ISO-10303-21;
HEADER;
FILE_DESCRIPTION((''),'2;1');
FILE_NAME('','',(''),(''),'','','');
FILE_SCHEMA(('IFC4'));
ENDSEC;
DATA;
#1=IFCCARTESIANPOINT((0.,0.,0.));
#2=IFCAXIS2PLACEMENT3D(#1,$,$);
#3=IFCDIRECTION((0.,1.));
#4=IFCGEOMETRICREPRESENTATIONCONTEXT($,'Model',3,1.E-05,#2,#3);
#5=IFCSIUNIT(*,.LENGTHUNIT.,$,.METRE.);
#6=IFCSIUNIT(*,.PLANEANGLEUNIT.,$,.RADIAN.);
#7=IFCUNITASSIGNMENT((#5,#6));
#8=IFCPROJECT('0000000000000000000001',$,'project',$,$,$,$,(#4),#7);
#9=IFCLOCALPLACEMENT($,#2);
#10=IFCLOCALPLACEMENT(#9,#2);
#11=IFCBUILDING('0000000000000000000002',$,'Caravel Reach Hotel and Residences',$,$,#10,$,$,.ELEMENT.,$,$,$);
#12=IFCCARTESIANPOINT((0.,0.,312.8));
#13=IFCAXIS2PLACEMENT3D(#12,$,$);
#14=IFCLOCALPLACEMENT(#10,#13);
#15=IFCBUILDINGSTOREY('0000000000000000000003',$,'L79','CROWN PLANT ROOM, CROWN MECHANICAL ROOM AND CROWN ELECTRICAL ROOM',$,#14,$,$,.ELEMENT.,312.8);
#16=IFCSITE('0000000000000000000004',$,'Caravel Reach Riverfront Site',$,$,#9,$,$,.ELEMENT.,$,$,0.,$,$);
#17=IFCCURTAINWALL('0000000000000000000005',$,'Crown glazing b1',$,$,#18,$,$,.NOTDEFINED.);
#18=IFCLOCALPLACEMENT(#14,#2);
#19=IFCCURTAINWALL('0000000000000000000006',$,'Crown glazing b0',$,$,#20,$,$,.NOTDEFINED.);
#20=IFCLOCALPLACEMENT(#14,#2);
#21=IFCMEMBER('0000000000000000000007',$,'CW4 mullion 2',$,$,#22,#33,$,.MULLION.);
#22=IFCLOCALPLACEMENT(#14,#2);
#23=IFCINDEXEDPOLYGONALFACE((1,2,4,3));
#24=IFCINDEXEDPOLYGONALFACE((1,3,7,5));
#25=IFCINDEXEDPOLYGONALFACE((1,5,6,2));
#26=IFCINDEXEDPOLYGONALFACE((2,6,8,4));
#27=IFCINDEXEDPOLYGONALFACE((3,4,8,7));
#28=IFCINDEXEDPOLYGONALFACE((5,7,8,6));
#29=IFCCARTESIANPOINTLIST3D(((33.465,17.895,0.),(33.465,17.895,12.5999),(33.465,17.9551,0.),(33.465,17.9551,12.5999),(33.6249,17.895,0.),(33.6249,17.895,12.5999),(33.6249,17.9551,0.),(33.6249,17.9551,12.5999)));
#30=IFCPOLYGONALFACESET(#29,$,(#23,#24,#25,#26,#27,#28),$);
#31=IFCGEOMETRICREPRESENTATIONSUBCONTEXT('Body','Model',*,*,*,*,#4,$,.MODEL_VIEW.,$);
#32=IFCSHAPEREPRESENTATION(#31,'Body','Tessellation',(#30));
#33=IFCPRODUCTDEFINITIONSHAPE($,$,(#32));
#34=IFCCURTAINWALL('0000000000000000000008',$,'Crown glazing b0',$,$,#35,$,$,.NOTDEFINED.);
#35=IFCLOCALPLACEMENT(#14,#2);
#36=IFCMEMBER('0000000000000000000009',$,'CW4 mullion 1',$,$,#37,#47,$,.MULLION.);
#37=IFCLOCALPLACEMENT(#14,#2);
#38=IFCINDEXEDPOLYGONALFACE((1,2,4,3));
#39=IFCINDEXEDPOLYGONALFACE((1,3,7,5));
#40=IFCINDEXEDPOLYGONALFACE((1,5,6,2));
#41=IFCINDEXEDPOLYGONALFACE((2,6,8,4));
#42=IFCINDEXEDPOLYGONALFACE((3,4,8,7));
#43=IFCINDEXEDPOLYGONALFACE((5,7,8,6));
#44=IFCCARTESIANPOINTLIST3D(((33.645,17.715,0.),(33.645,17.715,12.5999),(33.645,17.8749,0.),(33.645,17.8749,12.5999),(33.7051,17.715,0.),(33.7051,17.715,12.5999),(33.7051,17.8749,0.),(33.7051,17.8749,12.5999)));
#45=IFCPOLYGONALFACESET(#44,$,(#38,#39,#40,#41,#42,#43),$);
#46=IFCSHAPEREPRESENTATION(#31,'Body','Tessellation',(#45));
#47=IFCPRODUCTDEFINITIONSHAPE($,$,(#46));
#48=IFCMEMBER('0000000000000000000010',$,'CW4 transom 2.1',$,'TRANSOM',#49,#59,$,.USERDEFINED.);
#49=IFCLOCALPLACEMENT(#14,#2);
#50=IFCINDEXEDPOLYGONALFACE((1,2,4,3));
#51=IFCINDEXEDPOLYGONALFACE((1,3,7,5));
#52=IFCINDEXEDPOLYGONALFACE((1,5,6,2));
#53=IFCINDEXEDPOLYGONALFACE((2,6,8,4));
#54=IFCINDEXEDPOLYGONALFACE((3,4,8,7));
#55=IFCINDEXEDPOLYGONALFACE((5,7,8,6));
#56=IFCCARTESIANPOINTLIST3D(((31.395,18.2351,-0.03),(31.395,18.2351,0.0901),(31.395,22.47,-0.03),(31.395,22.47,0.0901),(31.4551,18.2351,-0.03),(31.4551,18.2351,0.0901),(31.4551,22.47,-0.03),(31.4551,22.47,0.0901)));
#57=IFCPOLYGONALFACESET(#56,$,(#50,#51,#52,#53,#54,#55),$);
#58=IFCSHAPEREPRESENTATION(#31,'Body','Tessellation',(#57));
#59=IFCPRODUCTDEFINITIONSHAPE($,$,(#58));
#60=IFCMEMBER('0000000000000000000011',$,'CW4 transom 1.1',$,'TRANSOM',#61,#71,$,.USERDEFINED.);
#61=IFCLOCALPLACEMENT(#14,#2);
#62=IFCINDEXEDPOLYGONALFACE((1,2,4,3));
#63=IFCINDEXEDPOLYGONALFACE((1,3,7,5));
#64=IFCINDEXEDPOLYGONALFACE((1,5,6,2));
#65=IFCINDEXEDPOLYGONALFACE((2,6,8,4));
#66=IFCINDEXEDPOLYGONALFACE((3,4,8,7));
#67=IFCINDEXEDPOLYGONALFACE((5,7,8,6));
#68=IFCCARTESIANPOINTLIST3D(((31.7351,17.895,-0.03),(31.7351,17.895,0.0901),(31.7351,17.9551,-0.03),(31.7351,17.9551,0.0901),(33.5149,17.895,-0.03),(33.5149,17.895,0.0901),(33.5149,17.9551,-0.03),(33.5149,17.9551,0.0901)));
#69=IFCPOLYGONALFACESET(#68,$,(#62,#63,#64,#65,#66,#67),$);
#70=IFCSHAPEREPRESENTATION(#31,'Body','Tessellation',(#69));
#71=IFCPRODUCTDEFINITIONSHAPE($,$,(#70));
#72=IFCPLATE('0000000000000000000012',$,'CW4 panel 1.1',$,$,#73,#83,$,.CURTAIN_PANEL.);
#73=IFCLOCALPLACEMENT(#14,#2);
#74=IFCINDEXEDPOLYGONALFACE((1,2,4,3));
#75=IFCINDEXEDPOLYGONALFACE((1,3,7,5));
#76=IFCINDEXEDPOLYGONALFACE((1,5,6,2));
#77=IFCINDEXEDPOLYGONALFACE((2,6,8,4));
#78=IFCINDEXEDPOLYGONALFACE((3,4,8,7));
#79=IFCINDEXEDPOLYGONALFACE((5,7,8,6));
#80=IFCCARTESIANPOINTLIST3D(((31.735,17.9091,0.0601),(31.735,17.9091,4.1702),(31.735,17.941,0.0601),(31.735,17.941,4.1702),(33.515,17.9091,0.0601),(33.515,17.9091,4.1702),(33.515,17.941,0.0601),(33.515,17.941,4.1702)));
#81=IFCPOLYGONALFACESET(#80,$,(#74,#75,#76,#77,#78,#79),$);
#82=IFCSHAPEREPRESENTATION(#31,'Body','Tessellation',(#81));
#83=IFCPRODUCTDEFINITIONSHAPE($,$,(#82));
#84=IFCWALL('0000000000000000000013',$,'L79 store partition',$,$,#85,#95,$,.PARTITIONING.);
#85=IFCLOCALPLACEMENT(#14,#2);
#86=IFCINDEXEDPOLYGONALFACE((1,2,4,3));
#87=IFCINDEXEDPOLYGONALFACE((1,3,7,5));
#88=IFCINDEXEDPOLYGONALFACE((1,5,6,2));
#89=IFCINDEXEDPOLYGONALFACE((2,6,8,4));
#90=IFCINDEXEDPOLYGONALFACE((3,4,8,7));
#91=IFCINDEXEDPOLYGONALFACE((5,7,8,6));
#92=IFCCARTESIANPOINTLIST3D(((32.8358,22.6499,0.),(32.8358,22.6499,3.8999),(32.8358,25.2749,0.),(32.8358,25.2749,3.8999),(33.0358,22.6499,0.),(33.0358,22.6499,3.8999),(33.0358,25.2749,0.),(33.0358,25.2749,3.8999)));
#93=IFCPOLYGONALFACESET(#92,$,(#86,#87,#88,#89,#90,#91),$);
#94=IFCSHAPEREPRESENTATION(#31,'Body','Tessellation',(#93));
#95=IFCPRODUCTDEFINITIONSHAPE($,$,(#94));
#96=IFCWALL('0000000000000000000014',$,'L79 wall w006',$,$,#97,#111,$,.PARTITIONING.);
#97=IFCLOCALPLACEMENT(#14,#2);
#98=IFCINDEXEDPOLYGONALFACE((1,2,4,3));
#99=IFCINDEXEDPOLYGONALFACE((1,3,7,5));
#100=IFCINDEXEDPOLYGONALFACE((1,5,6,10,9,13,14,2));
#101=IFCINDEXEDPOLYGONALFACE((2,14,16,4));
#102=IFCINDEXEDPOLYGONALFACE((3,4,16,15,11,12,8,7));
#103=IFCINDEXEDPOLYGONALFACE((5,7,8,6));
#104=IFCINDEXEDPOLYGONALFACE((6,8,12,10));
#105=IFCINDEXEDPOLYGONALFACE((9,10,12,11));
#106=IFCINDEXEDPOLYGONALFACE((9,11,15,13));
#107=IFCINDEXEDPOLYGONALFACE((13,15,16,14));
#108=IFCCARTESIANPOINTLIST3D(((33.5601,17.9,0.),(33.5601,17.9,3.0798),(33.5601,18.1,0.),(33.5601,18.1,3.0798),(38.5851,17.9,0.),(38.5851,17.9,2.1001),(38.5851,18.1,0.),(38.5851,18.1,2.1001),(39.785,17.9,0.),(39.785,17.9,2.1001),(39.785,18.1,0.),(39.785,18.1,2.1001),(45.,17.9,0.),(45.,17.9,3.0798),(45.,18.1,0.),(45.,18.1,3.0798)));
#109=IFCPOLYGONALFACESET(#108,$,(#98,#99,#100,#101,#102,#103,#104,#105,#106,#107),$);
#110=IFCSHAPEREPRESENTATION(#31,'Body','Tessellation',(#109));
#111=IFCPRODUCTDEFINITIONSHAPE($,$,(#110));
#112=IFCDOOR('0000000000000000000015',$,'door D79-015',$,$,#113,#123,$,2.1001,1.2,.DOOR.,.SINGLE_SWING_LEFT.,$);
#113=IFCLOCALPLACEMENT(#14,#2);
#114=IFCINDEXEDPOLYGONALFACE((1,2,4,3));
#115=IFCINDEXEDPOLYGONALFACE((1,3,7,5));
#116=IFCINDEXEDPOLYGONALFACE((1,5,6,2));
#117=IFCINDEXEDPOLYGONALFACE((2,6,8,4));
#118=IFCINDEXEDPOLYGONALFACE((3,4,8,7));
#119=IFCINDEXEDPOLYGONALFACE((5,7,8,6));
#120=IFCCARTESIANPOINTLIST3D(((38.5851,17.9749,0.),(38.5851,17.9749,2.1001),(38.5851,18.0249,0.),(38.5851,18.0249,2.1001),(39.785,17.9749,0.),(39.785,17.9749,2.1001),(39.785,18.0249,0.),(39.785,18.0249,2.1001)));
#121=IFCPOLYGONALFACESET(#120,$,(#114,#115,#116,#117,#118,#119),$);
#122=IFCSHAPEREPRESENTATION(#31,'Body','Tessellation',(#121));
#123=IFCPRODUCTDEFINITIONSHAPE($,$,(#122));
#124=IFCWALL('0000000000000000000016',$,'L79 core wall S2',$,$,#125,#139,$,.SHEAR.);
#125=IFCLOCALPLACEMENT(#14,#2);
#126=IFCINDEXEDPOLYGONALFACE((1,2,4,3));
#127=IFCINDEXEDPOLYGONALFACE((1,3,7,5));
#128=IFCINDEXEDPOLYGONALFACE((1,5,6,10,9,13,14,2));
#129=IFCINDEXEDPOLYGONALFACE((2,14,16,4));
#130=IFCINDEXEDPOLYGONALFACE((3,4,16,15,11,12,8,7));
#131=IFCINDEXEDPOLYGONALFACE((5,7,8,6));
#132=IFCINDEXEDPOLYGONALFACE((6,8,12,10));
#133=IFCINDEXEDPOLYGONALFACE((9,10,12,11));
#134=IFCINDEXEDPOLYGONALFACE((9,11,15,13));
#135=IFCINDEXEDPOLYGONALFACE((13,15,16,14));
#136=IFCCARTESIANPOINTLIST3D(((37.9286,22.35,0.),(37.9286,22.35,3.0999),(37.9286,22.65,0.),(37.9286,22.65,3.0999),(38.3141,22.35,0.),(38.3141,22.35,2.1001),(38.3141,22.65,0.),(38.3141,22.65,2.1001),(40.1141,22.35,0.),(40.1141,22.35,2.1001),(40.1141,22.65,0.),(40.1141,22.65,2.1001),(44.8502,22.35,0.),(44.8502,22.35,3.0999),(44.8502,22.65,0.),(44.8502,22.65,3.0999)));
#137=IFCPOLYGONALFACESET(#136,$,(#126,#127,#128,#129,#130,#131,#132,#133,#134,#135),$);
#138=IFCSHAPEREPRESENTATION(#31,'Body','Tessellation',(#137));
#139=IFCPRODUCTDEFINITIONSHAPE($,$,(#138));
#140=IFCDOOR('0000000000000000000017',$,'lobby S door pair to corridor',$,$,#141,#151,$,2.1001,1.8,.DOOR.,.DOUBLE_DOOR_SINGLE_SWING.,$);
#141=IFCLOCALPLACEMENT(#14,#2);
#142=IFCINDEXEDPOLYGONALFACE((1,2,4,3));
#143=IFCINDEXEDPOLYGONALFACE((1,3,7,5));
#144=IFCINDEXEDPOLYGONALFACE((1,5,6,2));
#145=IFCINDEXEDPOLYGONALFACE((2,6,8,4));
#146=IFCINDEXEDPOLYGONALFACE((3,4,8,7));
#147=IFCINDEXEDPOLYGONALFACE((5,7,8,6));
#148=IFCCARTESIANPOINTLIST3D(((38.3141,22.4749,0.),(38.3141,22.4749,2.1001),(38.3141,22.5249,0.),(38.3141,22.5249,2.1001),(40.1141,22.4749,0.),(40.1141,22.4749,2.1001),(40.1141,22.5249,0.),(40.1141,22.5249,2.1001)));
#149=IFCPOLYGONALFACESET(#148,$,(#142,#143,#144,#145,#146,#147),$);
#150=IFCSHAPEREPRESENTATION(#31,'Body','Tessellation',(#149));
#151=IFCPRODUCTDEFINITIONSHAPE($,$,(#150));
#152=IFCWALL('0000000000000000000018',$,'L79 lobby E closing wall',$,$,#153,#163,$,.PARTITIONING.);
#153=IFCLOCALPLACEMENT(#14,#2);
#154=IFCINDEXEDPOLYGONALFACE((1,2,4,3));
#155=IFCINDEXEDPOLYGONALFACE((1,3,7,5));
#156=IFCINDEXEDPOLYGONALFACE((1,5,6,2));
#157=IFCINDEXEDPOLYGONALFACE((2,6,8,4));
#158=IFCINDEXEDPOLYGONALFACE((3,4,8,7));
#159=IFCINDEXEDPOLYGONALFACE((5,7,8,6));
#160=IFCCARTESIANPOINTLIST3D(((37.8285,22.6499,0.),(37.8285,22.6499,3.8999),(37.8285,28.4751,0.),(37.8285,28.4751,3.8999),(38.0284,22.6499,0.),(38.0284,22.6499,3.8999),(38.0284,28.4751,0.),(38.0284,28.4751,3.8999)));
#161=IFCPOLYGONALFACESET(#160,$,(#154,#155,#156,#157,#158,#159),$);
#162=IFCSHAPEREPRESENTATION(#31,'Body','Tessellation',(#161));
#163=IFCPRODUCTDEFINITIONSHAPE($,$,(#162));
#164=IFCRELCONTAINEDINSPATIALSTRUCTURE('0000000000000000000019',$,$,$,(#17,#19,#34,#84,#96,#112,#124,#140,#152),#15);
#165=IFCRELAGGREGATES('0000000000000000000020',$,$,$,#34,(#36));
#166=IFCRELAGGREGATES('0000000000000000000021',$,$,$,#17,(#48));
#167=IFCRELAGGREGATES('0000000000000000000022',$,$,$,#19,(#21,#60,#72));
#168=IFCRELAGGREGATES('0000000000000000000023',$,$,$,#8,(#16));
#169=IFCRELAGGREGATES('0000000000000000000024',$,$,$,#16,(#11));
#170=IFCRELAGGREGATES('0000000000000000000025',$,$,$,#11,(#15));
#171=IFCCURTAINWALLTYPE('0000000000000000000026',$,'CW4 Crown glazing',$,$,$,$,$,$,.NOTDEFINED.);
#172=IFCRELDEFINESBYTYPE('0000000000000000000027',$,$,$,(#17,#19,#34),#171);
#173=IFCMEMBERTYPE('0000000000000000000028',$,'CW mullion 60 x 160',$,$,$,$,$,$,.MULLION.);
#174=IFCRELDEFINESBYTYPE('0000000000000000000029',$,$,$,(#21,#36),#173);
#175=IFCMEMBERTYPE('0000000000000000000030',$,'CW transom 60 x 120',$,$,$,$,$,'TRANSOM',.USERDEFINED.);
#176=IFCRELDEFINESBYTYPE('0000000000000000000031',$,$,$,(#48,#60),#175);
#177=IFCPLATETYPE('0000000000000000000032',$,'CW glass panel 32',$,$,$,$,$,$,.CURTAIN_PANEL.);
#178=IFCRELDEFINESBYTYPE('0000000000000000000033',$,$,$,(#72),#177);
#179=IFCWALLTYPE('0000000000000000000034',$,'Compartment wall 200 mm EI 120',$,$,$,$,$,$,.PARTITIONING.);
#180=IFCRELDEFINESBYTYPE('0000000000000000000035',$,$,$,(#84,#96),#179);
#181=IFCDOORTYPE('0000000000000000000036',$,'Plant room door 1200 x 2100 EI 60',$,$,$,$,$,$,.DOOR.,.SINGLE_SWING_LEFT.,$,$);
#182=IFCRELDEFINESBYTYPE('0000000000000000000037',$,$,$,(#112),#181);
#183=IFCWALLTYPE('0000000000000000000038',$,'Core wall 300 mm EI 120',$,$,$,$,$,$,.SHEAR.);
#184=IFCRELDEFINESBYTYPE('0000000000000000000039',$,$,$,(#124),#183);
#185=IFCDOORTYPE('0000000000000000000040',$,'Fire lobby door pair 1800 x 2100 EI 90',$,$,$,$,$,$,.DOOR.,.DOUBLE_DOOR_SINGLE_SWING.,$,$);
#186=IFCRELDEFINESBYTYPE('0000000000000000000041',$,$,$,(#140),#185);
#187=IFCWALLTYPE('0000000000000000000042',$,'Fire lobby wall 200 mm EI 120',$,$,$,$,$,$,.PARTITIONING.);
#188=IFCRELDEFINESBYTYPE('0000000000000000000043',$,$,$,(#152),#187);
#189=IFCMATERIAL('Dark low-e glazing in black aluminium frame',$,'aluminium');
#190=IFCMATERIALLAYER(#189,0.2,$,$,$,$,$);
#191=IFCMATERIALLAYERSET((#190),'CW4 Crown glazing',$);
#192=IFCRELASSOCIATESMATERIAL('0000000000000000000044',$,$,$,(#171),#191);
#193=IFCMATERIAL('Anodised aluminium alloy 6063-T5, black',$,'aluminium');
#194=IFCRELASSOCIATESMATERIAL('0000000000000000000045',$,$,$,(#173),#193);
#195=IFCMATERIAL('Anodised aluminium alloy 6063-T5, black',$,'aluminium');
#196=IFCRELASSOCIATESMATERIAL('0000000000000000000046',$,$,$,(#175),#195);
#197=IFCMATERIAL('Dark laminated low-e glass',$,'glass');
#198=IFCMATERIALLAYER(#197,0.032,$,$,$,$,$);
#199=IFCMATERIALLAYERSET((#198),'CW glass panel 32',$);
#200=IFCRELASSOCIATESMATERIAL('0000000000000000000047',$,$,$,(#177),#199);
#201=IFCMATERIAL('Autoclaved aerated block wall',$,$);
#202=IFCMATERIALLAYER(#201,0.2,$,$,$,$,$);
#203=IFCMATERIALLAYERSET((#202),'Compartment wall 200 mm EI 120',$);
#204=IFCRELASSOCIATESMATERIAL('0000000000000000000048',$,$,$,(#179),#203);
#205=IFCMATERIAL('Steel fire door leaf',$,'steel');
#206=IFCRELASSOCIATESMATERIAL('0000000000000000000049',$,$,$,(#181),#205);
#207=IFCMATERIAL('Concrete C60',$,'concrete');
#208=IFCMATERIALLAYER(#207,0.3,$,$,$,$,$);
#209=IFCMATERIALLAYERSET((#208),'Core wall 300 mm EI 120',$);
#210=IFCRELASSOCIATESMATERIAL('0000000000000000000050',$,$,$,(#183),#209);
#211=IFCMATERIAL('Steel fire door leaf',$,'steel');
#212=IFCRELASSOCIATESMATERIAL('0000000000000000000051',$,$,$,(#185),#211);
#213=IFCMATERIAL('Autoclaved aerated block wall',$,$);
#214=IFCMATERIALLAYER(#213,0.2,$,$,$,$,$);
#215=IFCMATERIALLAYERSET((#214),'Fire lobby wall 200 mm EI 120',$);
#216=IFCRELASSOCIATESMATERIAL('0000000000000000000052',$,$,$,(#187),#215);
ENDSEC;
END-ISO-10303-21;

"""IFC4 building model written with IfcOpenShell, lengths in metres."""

from ifc_helpers import new_model, si_unit, direction, frame, frame_2d, origin, origin_2d, place, context, subcontext, project, spatial, rectangle, extrude, material, layer, layer_set, material_profile, profile_set, type_object, element, fill, aggregate, save


model = new_model("IFC4")

# Units and contexts
model_context = context("Model", 3, precision=1e-05, world=origin(), true_north=direction((0.0, 1.0)))
body_context = subcontext(model_context, "Body", "Model", "MODEL_VIEW")
ifc_project = project(units=[si_unit("LENGTHUNIT", "METRE"), si_unit("PLANEANGLEUNIT", "RADIAN")], contexts=[model_context])

# Site, building, storey
site_placement = place(None, origin())
site = spatial("IfcSite", under=ifc_project, at=site_placement, Name="Caravel Reach Riverfront Site", CompositionType="ELEMENT", RefElevation=0.0)
building_placement = place(site_placement, origin())
building = spatial("IfcBuilding", under=site, at=building_placement, Name="Caravel Reach Hotel and Residences", CompositionType="ELEMENT")
storey_placement = place(building_placement, frame((0.0, 0.0, 312.8)))
storey = spatial("IfcBuildingStorey", under=building, at=storey_placement, Name="L79", Description="CROWN PLANT ROOM, CROWN MECHANICAL ROOM AND CROWN ELECTRICAL ROOM", CompositionType="ELEMENT", Elevation=312.8)

# Curtain walls, member
ifc_material_1 = material(Name="Dark low-e glazing in black aluminium frame", Category="aluminium")
ifc_layer_1 = layer(ifc_material_1, 0.2)
ifc_layer_set_1 = layer_set([ifc_layer_1], Name="CW4 Crown glazing")
curtain_wall_type = type_object("IfcCurtainWallType", Name="CW4 Crown glazing", PredefinedType="NOTDEFINED", material=ifc_layer_set_1)
curtain_wall_1_placement = place(storey_placement, origin())
curtain_wall_1 = element("IfcCurtainWall", 1, at=curtain_wall_1_placement, inside=storey, type_object=curtain_wall_type, Name="Crown glazing b1", PredefinedType="NOTDEFINED")
ifc_material_2 = material(Name="Anodised aluminium alloy 6063-T5, black", Category="aluminium")
ifc_material_profile_1 = material_profile(ifc_material_2, rectangle(XDim=0.0601, YDim=0.1599, at=origin_2d()), Name="CW mullion 60 x 160")
ifc_profile_set_1 = profile_set([ifc_material_profile_1], Name="Anodised aluminium alloy 6063-T5, black")
member_type_1 = type_object("IfcMemberType", Name="CW mullion 60 x 160", PredefinedType="MULLION", material=ifc_profile_set_1)
curtain_wall_2_placement = place(storey_placement, origin())
curtain_wall_2 = element("IfcCurtainWall", 2, at=curtain_wall_2_placement, inside=storey, type_object=curtain_wall_type, Name="Crown glazing b0", PredefinedType="NOTDEFINED")
member_1_placement = place(storey_placement, frame((33.5449, 17.925, 0.0), z_axis=(0.0, 0.0, 1.0), x_axis=(0.0, 1.0, 0.0)))
member_1 = element("IfcMember", 3, at=member_1_placement, type_object=member_type_1, Name="CW4 mullion 2", PredefinedType="MULLION", context=body_context, shape_type="SweptSolid", body=[
    extrude(rectangle(XDim=0.0601, YDim=0.1599, at=origin_2d()), origin(), (0.0, 0.0, 1.0), 12.5999),
])

# Curtain wall, member
curtain_wall_3_placement = place(storey_placement, origin())
curtain_wall_3 = element("IfcCurtainWall", 4, at=curtain_wall_3_placement, inside=storey, type_object=curtain_wall_type, Name="Crown glazing b0", PredefinedType="NOTDEFINED")
member_2_placement = place(storey_placement, frame((33.675, 17.7949, 0.0), z_axis=(0.0, 0.0, 1.0), x_axis=(1.0, 0.0, 0.0)))
member_2 = element("IfcMember", 5, at=member_2_placement, type_object=member_type_1, Name="CW4 mullion 1", PredefinedType="MULLION", context=body_context, shape_type="SweptSolid", body=[
    extrude(rectangle(XDim=0.0601, YDim=0.1599, at=origin_2d()), origin(), (0.0, 0.0, 1.0), 12.5999),
])
aggregate(curtain_wall_3, [member_2])

# Members
ifc_material_3 = material(Name="Anodised aluminium alloy 6063-T5, black", Category="aluminium")
ifc_material_profile_2 = material_profile(ifc_material_3, rectangle(XDim=0.0601, YDim=0.1201, at=origin_2d()), Name="CW transom 60 x 120")
ifc_profile_set_2 = profile_set([ifc_material_profile_2], Name="Anodised aluminium alloy 6063-T5, black")
member_type_2 = type_object("IfcMemberType", Name="CW transom 60 x 120", ElementType="TRANSOM", PredefinedType="USERDEFINED", material=ifc_profile_set_2)
member_3_placement = place(storey_placement, frame((31.425, 22.47, 0.03), z_axis=(0.0, -1.0, 0.0), x_axis=(1.0, 0.0, 0.0)))
member_3 = element("IfcMember", 6, at=member_3_placement, type_object=member_type_2, Name="CW4 transom 2.1", ObjectType="TRANSOM", PredefinedType="USERDEFINED", context=body_context, shape_type="SweptSolid", body=[
    extrude(rectangle(XDim=0.0601, YDim=0.1201, at=origin_2d()), origin(), (0.0, 0.0, 1.0), 4.2349),
])
aggregate(curtain_wall_1, [member_3])
member_4_placement = place(storey_placement, frame((31.7351, 17.925, 0.03), z_axis=(1.0, 0.0, 0.0), x_axis=(0.0, 1.0, 0.0)))
member_4 = element("IfcMember", 7, at=member_4_placement, type_object=member_type_2, Name="CW4 transom 1.1", ObjectType="TRANSOM", PredefinedType="USERDEFINED", context=body_context, shape_type="SweptSolid", body=[
    extrude(rectangle(XDim=0.0601, YDim=0.1201, at=origin_2d()), origin(), (0.0, 0.0, 1.0), 1.7798),
])

# Plate
ifc_material_4 = material(Name="Dark laminated low-e glass", Category="glass")
ifc_layer_2 = layer(ifc_material_4, 0.032)
ifc_layer_set_2 = layer_set([ifc_layer_2], Name="CW glass panel 32")
plate_type = type_object("IfcPlateType", Name="CW glass panel 32", PredefinedType="CURTAIN_PANEL", material=ifc_layer_set_2)
plate_placement = place(storey_placement, frame((32.625, 17.925, 0.0601), z_axis=(0.0, 0.0, 1.0), x_axis=(1.0, 0.0, 0.0)))
plate = element("IfcPlate", 8, at=plate_placement, type_object=plate_type, Name="CW4 panel 1.1", PredefinedType="CURTAIN_PANEL", context=body_context, shape_type="SweptSolid", body=[
    extrude(rectangle(XDim=1.78, YDim=0.032, at=origin_2d()), origin(), (0.0, 0.0, 1.0), 4.1101),
])
aggregate(curtain_wall_2, [member_1, member_4, plate])

# Wall
ifc_material_5 = material(Name="Autoclaved aerated block wall")
ifc_layer_3 = layer(ifc_material_5, 0.2)
ifc_layer_set_3 = layer_set([ifc_layer_3], Name="Compartment wall 200 mm EI 120")
wall_type_1 = type_object("IfcWallType", Name="Compartment wall 200 mm EI 120", PredefinedType="PARTITIONING", material=ifc_layer_set_3)
wall_1_placement = place(storey_placement, frame((32.9358, 22.6499, 0.0), z_axis=(0.0, 0.0, 1.0), x_axis=(0.0, 1.0, 0.0)))
element("IfcWall", 9, at=wall_1_placement, inside=storey, type_object=wall_type_1, Name="L79 store partition", PredefinedType="PARTITIONING", context=body_context, shape_type="SweptSolid", body=[
    extrude(rectangle(XDim=2.625, YDim=0.2, at=frame_2d((1.3125, 0.0))), origin(), (0.0, 0.0, 1.0), 3.8999),
])

# Walls, openings, doors
wall_2_placement = place(storey_placement, frame((33.5601, 18.0, 0.0), z_axis=(0.0, 0.0, 1.0), x_axis=(1.0, 0.0, 0.0)))
wall_2 = element("IfcWall", 10, at=wall_2_placement, inside=storey, type_object=wall_type_1, Name="L79 wall w006", PredefinedType="PARTITIONING", context=body_context, shape_type="SweptSolid", body=[
    extrude(rectangle(XDim=11.4399, YDim=0.2, at=frame_2d((5.72, 0.0))), origin(), (0.0, 0.0, 1.0), 3.0798),
])
opening_1_placement = place(wall_2_placement, frame((5.0249, 0.0, 0.0)))
opening_1 = element("IfcOpeningElement", 11, at=opening_1_placement, cuts=wall_2, PredefinedType="OPENING", context=body_context, shape_type="SweptSolid", body=[
    extrude(rectangle(XDim=1.2, YDim=2.1001, at=frame_2d((0.6001, 1.05))), frame((0.0, 0.1099, 0.0), z_axis=(0.0, -1.0, 0.0), x_axis=(1.0, 0.0, 0.0)), (0.0, 0.0, 1.0), 0.22),
])
ifc_material_6 = material(Name="Steel fire door leaf", Category="steel")
door_type_1 = type_object("IfcDoorType", Name="Plant room door 1200 x 2100 EI 60", OperationType="SINGLE_SWING_LEFT", PredefinedType="DOOR", material=ifc_material_6)
door_1_placement = place(opening_1_placement, origin())
door_1 = element("IfcDoor", 12, at=door_1_placement, inside=storey, type_object=door_type_1, Name="door D79-015", OperationType="SINGLE_SWING_LEFT", OverallHeight=2.1001, OverallWidth=1.2, PredefinedType="DOOR", context=body_context, shape_type="SweptSolid", body=[
    extrude(rectangle(XDim=1.2, YDim=2.1001, at=frame_2d((0.6001, 1.05))), frame((0.0, 0.0249, 0.0), z_axis=(0.0, -1.0, 0.0), x_axis=(1.0, 0.0, 0.0)), (0.0, 0.0, 1.0), 0.05),
])
fill(opening_1, door_1)
ifc_material_7 = material(Name="Concrete C60", Category="concrete")
ifc_layer_4 = layer(ifc_material_7, 0.3)
ifc_layer_set_4 = layer_set([ifc_layer_4], Name="Core wall 300 mm EI 120")
wall_type_2 = type_object("IfcWallType", Name="Core wall 300 mm EI 120", PredefinedType="SHEAR", material=ifc_layer_set_4)
wall_3_placement = place(storey_placement, frame((37.9285, 22.5, 0.0), z_axis=(0.0, 0.0, 1.0), x_axis=(1.0, 0.0, 0.0)))
wall_3 = element("IfcWall", 13, at=wall_3_placement, inside=storey, type_object=wall_type_2, Name="L79 core wall S2", PredefinedType="SHEAR", context=body_context, shape_type="SweptSolid", body=[
    extrude(rectangle(XDim=6.9216, YDim=0.3, at=frame_2d((3.4609, 0.0))), origin(), (0.0, 0.0, 1.0), 3.0999),
])
opening_2_placement = place(wall_3_placement, frame((0.3857, 0.0, 0.0)))
opening_2 = element("IfcOpeningElement", 14, at=opening_2_placement, cuts=wall_3, PredefinedType="OPENING", context=body_context, shape_type="SweptSolid", body=[
    extrude(rectangle(XDim=1.8, YDim=2.1001, at=frame_2d((0.8999, 1.05))), frame((0.0, 0.1599, 0.0), z_axis=(0.0, -1.0, 0.0), x_axis=(1.0, 0.0, 0.0)), (0.0, 0.0, 1.0), 0.3201),
])
ifc_material_8 = material(Name="Steel fire door leaf", Category="steel")
door_type_2 = type_object("IfcDoorType", Name="Fire lobby door pair 1800 x 2100 EI 90", OperationType="DOUBLE_DOOR_SINGLE_SWING", PredefinedType="DOOR", material=ifc_material_8)
door_2_placement = place(opening_2_placement, origin())
door_2 = element("IfcDoor", 15, at=door_2_placement, inside=storey, type_object=door_type_2, Name="lobby S door pair to corridor", OperationType="DOUBLE_DOOR_SINGLE_SWING", OverallHeight=2.1001, OverallWidth=1.8, PredefinedType="DOOR", context=body_context, shape_type="SweptSolid", body=[
    extrude(rectangle(XDim=1.8, YDim=2.1001, at=frame_2d((0.8999, 1.05))), frame((0.0, 0.0249, 0.0), z_axis=(0.0, -1.0, 0.0), x_axis=(1.0, 0.0, 0.0)), (0.0, 0.0, 1.0), 0.05),
])
fill(opening_2, door_2)

# Wall
ifc_material_9 = material(Name="Autoclaved aerated block wall")
ifc_layer_5 = layer(ifc_material_9, 0.2)
ifc_layer_set_5 = layer_set([ifc_layer_5], Name="Fire lobby wall 200 mm EI 120")
wall_type_3 = type_object("IfcWallType", Name="Fire lobby wall 200 mm EI 120", PredefinedType="PARTITIONING", material=ifc_layer_set_5)
wall_4_placement = place(storey_placement, frame((37.9285, 22.6499, 0.0), z_axis=(0.0, 0.0, 1.0), x_axis=(0.0, 1.0, 0.0)))
element("IfcWall", 16, at=wall_4_placement, inside=storey, type_object=wall_type_3, Name="L79 lobby E closing wall", PredefinedType="PARTITIONING", context=body_context, shape_type="SweptSolid", body=[
    extrude(rectangle(XDim=5.8252, YDim=0.2, at=frame_2d((2.9126, 0.0))), origin(), (0.0, 0.0, 1.0), 3.8999),
])

save(model, "model.ifc")
